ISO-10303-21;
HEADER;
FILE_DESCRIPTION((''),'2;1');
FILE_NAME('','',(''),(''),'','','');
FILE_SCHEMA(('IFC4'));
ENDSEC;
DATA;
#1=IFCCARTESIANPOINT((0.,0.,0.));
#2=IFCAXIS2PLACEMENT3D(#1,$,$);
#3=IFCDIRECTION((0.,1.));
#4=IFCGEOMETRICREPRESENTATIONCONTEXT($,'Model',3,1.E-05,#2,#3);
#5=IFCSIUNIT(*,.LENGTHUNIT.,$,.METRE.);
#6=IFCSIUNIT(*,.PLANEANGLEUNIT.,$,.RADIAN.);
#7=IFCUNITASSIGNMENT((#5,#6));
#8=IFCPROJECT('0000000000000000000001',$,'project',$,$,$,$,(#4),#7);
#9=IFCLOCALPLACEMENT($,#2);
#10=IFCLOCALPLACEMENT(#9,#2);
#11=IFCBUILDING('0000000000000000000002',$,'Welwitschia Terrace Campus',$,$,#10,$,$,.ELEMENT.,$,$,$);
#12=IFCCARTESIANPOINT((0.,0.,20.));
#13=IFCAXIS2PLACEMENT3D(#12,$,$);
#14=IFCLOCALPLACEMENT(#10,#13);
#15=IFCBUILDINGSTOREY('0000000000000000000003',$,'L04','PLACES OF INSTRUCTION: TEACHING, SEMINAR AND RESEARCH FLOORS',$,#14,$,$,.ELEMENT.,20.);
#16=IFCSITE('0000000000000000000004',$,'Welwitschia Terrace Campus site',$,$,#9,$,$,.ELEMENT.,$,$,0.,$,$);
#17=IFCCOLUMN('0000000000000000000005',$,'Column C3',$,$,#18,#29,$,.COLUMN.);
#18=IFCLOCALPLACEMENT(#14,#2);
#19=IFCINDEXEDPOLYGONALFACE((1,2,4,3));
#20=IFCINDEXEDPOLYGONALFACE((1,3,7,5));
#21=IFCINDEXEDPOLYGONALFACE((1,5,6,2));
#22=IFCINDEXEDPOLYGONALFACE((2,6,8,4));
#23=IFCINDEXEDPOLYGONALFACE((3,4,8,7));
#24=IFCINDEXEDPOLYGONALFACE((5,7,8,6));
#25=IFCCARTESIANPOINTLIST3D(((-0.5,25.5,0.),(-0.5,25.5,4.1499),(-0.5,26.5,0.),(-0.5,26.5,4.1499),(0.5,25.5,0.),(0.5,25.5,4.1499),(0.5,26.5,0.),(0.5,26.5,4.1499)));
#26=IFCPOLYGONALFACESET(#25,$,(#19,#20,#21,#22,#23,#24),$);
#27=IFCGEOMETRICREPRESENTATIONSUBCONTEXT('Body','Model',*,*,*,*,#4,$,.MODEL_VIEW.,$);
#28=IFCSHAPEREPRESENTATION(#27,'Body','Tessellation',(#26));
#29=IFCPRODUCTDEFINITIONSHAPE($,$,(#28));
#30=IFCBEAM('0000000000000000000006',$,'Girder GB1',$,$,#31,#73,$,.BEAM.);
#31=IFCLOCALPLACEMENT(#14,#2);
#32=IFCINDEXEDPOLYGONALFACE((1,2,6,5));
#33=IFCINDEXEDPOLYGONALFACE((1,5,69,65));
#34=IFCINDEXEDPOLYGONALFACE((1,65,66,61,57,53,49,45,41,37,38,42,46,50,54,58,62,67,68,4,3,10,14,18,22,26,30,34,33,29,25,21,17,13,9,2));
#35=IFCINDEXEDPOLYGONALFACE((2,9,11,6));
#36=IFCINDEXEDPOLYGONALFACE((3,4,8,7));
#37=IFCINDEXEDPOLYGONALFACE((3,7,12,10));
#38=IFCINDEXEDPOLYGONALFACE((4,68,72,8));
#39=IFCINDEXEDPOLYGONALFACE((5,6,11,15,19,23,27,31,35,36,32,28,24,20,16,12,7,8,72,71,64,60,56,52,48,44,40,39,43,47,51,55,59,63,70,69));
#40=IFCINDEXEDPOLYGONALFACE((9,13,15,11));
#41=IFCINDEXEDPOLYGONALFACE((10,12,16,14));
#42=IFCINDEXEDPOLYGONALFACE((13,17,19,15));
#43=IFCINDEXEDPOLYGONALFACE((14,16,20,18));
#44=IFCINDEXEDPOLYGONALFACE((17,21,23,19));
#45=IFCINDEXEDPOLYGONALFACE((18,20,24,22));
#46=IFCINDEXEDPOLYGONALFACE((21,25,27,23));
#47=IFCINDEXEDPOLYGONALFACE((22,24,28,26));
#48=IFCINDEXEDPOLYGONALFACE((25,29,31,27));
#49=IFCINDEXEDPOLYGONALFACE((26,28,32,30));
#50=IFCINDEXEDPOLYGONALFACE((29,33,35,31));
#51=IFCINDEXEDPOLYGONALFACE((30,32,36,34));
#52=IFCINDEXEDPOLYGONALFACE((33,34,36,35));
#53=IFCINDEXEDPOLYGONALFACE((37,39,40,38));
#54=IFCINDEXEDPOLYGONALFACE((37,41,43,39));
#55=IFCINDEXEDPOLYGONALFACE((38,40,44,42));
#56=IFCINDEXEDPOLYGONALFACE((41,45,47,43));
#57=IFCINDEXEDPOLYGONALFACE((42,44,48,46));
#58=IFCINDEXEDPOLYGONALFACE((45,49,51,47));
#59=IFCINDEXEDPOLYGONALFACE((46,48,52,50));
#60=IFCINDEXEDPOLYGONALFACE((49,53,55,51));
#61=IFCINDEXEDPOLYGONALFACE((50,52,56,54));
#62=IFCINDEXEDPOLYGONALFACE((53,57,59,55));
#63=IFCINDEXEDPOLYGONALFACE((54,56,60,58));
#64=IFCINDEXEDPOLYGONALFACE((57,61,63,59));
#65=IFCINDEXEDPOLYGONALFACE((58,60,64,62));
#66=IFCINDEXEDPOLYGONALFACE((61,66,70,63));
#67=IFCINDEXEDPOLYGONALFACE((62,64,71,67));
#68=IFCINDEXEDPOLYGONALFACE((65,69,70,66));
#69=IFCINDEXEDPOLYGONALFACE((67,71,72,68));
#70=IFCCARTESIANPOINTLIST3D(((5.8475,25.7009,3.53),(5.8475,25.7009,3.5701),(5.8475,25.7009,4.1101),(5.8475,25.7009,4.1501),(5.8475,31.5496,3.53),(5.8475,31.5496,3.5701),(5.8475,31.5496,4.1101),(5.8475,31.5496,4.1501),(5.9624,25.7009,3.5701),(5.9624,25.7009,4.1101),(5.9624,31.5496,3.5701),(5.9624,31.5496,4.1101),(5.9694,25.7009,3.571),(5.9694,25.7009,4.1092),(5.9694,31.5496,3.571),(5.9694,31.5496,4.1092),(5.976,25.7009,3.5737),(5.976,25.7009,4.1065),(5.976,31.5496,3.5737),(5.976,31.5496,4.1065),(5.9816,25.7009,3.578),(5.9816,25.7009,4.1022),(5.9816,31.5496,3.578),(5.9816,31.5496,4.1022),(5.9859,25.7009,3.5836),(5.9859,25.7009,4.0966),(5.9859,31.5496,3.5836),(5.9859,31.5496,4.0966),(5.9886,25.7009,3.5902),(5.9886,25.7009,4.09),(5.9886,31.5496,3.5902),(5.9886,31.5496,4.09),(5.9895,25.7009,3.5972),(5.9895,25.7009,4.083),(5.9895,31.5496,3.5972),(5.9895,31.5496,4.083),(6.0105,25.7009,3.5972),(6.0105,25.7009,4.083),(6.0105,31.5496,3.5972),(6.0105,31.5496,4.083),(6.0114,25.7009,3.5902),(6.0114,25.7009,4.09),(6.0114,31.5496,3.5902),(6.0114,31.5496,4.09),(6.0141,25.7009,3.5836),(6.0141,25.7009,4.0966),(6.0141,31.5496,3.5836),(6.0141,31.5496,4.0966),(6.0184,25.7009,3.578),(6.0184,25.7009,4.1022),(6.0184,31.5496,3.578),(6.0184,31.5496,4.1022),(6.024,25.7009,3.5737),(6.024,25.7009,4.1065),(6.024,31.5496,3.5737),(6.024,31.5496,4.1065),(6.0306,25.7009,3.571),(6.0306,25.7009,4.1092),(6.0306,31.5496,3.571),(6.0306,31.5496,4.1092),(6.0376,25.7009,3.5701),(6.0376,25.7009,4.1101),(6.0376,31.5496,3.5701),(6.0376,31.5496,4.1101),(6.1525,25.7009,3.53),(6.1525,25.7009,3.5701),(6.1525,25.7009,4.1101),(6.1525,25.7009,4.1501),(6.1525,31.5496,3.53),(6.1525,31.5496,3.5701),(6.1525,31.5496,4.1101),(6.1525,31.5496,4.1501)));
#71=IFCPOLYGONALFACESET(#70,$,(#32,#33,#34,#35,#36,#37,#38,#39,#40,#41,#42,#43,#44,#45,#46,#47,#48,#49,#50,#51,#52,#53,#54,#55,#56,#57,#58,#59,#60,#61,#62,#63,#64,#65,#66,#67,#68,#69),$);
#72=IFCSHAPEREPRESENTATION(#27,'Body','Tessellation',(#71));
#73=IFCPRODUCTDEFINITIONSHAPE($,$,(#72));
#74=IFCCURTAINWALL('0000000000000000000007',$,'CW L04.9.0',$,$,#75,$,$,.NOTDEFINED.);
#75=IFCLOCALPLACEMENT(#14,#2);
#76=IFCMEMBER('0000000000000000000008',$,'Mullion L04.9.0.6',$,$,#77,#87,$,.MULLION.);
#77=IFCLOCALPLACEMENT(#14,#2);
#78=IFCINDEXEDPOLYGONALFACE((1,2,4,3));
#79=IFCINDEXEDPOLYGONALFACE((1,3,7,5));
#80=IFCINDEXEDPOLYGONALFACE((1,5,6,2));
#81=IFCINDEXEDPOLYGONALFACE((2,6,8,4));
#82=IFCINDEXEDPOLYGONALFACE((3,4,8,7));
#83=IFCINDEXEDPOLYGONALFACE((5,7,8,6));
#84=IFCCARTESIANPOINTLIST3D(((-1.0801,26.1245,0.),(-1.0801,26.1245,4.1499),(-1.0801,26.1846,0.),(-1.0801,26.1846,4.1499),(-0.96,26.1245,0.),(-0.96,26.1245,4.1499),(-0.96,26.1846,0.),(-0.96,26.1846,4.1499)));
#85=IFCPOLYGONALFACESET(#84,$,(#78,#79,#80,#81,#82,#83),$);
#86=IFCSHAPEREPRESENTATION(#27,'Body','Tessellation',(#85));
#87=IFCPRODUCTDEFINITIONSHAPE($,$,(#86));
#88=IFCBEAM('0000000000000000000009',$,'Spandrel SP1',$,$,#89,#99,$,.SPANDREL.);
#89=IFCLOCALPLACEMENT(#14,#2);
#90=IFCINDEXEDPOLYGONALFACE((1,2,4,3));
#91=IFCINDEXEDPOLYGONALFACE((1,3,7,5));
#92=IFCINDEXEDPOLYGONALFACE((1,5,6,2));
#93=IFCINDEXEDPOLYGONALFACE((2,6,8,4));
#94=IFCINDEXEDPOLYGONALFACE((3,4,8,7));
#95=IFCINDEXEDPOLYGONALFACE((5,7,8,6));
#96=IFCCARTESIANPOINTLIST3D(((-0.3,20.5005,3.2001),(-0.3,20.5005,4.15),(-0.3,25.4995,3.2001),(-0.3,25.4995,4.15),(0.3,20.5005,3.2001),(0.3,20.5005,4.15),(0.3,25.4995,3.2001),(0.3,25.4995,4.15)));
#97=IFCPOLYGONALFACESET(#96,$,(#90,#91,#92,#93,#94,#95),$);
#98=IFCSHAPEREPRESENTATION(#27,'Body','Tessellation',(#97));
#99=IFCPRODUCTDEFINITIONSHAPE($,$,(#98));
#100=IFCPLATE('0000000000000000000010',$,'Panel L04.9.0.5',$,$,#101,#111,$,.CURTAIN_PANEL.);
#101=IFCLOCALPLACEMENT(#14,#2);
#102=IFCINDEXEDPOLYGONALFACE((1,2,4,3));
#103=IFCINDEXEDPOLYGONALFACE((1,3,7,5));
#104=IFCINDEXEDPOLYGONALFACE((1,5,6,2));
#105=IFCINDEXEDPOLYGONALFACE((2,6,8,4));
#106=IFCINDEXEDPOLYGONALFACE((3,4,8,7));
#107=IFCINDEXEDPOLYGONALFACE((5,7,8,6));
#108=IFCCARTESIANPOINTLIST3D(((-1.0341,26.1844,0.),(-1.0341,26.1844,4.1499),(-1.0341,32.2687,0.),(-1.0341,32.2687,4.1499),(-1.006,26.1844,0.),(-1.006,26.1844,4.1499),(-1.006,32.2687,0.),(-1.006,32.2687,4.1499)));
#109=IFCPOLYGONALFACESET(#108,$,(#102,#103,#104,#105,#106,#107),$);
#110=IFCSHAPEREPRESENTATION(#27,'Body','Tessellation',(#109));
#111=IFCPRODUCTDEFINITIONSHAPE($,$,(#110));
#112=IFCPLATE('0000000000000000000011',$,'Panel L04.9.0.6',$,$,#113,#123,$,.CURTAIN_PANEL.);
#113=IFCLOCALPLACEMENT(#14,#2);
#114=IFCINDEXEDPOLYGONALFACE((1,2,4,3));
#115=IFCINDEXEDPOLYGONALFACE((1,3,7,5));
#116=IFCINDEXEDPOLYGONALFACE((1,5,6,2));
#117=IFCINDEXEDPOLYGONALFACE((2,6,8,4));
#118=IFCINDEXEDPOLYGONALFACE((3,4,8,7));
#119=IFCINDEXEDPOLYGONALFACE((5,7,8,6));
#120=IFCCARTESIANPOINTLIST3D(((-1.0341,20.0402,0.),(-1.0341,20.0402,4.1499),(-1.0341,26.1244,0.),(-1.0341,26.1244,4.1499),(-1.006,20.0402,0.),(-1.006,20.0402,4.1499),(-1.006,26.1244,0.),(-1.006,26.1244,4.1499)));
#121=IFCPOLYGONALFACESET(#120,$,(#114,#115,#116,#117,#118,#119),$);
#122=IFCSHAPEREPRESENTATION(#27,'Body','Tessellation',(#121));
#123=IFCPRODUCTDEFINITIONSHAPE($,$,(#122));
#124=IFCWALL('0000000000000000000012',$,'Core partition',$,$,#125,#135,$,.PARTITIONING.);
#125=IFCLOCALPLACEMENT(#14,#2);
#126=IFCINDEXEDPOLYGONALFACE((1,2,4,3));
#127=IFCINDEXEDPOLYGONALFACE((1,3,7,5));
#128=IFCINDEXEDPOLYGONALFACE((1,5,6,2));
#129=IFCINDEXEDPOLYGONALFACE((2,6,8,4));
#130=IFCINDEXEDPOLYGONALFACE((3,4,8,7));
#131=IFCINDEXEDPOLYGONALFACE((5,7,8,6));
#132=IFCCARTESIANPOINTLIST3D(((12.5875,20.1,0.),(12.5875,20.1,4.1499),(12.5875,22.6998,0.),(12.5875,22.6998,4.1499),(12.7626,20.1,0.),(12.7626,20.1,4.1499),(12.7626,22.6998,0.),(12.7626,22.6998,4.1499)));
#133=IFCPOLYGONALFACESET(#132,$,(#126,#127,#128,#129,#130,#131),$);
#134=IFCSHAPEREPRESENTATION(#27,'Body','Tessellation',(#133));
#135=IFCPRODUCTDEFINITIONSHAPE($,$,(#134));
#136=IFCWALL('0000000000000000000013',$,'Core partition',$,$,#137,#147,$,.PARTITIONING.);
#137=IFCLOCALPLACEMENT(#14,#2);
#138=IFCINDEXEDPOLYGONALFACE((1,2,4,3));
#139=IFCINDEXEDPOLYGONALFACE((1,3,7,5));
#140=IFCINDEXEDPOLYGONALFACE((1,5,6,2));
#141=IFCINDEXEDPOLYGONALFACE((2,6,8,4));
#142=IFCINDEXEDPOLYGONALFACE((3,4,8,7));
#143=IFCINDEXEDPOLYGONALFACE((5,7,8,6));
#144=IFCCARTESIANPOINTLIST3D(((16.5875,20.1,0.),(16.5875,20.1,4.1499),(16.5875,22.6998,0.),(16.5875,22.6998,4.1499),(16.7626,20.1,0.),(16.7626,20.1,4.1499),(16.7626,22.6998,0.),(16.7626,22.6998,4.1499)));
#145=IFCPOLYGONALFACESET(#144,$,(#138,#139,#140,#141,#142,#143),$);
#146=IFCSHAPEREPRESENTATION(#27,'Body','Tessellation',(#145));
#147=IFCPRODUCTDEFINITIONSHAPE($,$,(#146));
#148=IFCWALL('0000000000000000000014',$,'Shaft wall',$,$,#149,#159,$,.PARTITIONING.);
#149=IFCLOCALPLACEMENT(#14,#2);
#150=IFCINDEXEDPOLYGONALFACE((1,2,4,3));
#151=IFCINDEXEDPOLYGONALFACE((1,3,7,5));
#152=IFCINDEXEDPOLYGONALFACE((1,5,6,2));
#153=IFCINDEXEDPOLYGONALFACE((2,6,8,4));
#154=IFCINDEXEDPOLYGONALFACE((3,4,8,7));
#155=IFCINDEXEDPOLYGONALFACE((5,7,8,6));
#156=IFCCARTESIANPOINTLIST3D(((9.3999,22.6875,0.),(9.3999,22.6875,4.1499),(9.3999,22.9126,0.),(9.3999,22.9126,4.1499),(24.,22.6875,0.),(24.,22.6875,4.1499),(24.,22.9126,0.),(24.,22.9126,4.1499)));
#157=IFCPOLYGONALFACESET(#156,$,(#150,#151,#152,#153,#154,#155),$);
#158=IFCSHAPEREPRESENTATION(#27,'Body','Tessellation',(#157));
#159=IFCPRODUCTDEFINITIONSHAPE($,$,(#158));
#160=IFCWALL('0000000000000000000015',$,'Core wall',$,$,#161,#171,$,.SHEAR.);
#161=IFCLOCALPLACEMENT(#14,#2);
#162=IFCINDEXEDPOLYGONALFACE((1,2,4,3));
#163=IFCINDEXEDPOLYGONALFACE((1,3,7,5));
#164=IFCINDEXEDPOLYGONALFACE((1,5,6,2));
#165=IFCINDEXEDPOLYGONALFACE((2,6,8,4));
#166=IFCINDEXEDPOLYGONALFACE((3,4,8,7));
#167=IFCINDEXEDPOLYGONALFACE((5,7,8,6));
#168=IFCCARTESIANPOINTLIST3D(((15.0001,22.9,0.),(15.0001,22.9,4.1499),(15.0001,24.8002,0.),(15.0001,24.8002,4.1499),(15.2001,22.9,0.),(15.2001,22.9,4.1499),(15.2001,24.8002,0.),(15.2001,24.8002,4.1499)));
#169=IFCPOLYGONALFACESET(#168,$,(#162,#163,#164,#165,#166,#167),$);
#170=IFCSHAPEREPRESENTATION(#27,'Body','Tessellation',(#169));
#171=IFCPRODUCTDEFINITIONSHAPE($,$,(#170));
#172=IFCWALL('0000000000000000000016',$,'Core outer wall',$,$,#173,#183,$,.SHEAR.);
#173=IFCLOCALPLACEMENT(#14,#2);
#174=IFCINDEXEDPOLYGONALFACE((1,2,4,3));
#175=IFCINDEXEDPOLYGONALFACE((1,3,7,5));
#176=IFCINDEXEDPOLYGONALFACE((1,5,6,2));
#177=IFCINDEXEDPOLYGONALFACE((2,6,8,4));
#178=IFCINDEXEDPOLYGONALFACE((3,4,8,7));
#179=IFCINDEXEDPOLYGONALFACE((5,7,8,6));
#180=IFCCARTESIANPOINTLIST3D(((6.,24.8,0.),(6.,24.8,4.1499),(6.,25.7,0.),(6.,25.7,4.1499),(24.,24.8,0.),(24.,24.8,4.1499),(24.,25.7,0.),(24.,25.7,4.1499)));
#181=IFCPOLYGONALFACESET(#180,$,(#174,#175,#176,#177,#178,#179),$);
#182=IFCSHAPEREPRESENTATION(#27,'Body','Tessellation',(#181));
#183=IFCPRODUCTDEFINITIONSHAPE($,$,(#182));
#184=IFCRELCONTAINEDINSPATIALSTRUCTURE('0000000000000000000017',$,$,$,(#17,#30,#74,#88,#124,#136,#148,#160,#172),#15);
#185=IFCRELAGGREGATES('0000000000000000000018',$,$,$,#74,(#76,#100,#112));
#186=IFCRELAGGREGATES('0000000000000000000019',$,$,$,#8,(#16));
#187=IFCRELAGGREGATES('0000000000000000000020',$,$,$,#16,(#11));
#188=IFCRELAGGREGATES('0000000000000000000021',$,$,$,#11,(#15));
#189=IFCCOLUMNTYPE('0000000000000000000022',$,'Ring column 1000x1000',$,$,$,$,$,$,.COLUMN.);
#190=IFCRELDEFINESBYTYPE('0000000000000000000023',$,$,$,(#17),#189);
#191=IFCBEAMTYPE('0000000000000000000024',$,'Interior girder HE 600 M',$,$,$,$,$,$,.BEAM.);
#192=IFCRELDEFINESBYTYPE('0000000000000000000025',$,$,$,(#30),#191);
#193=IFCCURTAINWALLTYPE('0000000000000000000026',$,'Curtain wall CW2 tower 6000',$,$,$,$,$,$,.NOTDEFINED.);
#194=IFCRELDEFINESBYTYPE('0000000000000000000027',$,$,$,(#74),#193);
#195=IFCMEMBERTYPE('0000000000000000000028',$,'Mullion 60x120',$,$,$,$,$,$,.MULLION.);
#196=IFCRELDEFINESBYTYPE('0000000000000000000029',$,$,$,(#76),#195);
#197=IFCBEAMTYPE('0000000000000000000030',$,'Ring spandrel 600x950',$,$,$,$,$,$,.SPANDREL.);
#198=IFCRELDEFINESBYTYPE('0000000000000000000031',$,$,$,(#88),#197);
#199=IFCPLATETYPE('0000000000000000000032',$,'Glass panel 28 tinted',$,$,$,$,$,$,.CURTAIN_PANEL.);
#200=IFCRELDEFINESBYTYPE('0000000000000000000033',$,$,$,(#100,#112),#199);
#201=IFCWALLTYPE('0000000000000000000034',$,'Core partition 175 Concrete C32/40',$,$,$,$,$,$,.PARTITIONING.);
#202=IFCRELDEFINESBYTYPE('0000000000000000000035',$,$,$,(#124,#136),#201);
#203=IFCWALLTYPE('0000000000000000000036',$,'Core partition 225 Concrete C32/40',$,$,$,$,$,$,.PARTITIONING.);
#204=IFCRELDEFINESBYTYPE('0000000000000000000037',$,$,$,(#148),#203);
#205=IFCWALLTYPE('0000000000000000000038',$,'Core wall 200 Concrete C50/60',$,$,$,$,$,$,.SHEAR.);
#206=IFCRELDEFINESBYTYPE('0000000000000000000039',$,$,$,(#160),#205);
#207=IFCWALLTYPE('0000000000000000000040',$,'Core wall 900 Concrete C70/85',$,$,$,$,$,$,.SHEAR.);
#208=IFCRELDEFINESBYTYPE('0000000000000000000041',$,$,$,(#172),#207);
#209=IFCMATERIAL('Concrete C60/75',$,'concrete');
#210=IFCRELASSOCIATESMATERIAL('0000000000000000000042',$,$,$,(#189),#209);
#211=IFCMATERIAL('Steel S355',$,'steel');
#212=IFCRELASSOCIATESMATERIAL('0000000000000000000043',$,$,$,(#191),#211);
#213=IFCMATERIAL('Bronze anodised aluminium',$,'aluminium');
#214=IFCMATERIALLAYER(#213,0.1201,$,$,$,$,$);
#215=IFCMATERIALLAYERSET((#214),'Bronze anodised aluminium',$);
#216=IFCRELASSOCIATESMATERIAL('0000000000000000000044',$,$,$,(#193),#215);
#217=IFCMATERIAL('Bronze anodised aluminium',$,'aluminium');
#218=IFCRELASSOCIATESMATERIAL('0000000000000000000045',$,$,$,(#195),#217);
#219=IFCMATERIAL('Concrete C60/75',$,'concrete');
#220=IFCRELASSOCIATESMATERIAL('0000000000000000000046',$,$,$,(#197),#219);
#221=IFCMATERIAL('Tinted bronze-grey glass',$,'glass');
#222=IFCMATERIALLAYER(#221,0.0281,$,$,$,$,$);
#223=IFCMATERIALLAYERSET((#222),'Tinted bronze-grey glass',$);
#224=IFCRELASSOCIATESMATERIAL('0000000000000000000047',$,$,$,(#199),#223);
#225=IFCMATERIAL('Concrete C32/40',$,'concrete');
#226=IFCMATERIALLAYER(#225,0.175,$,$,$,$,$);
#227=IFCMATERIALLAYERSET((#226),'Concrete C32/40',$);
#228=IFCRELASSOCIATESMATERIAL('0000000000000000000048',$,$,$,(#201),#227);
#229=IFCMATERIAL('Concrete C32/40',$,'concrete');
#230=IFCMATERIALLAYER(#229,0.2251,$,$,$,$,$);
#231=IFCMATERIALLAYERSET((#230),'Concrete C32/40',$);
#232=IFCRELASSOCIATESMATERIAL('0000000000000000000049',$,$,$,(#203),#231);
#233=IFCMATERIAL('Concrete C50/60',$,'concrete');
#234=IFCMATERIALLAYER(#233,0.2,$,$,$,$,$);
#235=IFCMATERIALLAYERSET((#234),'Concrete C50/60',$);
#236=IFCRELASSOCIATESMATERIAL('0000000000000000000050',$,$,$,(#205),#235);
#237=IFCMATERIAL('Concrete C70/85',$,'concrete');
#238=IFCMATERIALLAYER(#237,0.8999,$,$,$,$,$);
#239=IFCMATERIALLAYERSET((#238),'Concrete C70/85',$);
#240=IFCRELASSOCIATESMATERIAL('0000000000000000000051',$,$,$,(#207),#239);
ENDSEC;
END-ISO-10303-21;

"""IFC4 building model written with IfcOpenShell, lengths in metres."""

from ifc_helpers import new_model, si_unit, direction, frame, frame_2d, origin, origin_2d, place, context, subcontext, project, spatial, rectangle, i_section, extrude, material, layer, layer_set, material_profile, profile_set, type_object, element, aggregate, save


model = new_model("IFC4")

# Units and contexts
model_context = context("Model", 3, precision=1e-05, world=origin(), true_north=direction((0.0, 1.0)))
body_context = subcontext(model_context, "Body", "Model", "MODEL_VIEW")
ifc_project = project(units=[si_unit("LENGTHUNIT", "METRE"), si_unit("PLANEANGLEUNIT", "RADIAN")], contexts=[model_context])

# Site, building, storey
site_placement = place(None, origin())
site = spatial("IfcSite", under=ifc_project, at=site_placement, Name="Welwitschia Terrace Campus site", CompositionType="ELEMENT", RefElevation=0.0)
building_placement = place(site_placement, origin())
building = spatial("IfcBuilding", under=site, at=building_placement, Name="Welwitschia Terrace Campus", CompositionType="ELEMENT")
storey_placement = place(building_placement, frame((0.0, 0.0, 20.0)))
storey = spatial("IfcBuildingStorey", under=building, at=storey_placement, Name="L04", Description="PLACES OF INSTRUCTION: TEACHING, SEMINAR AND RESEARCH FLOORS", CompositionType="ELEMENT", Elevation=20.0)

# Column
ifc_material_1 = material(Name="Concrete C60/75", Category="concrete")
ifc_material_profile_1 = material_profile(ifc_material_1, rectangle(XDim=1.0, YDim=1.0, at=origin_2d()))
ifc_profile_set_1 = profile_set([ifc_material_profile_1], Name="Concrete C60/75")
column_type = type_object("IfcColumnType", Name="Ring column 1000x1000", PredefinedType="COLUMN", material=ifc_profile_set_1)
column_placement = place(storey_placement, frame((0.0, 26.0, 0.0), z_axis=(0.0, 0.0, 1.0), x_axis=(1.0, 0.0, 0.0)))
element("IfcColumn", 1, at=column_placement, inside=storey, type_object=column_type, Name="Column C3", PredefinedType="COLUMN", context=body_context, shape_type="SweptSolid", body=[
    extrude(rectangle(XDim=1.0, YDim=1.0, at=origin_2d()), origin(), (0.0, 0.0, 1.0), 4.1499),
])

# Beam
ifc_material_2 = material(Name="Steel S355", Category="steel")
ifc_material_profile_2 = material_profile(ifc_material_2, i_section(OverallWidth=0.3049, OverallDepth=0.6201, WebThickness=0.021, FlangeThickness=0.04, FilletRadius=0.0271, at=origin_2d()))
ifc_profile_set_2 = profile_set([ifc_material_profile_2], Name="Steel S355")
beam_type_1 = type_object("IfcBeamType", Name="Interior girder HE 600 M", PredefinedType="BEAM", material=ifc_profile_set_2)
beam_1_placement = place(storey_placement, frame((6.0, 25.7009, 3.8401), z_axis=(0.0, 1.0, 0.0), x_axis=(-1.0, 0.0, 0.0)))
element("IfcBeam", 2, at=beam_1_placement, inside=storey, type_object=beam_type_1, Name="Girder GB1", PredefinedType="BEAM", context=body_context, shape_type="SweptSolid", body=[
    extrude(i_section(OverallWidth=0.3049, OverallDepth=0.6201, WebThickness=0.021, FlangeThickness=0.04, FilletRadius=0.0271, at=origin_2d()), origin(), (0.0, 0.0, 1.0), 5.8486),
])

# Curtain wall, member
ifc_material_3 = material(Name="Bronze anodised aluminium", Category="aluminium")
ifc_layer_1 = layer(ifc_material_3, 0.1201)
ifc_layer_set_1 = layer_set([ifc_layer_1], Name="Bronze anodised aluminium")
curtain_wall_type = type_object("IfcCurtainWallType", Name="Curtain wall CW2 tower 6000", PredefinedType="NOTDEFINED", material=ifc_layer_set_1)
curtain_wall_placement = place(storey_placement, origin())
curtain_wall = element("IfcCurtainWall", 3, at=curtain_wall_placement, inside=storey, type_object=curtain_wall_type, Name="CW L04.9.0", PredefinedType="NOTDEFINED")
ifc_material_4 = material(Name="Bronze anodised aluminium", Category="aluminium")
ifc_material_profile_3 = material_profile(ifc_material_4, rectangle(XDim=0.1201, YDim=0.0601, at=origin_2d()))
ifc_profile_set_3 = profile_set([ifc_material_profile_3], Name="Bronze anodised aluminium")
member_type = type_object("IfcMemberType", Name="Mullion 60x120", PredefinedType="MULLION", material=ifc_profile_set_3)
member_placement = place(storey_placement, frame((-1.02, 26.1545, 0.0), z_axis=(0.0, 0.0, 1.0), x_axis=(1.0, 0.0, 0.0)))
member = element("IfcMember", 4, at=member_placement, type_object=member_type, Name="Mullion L04.9.0.6", PredefinedType="MULLION", context=body_context, shape_type="SweptSolid", body=[
    extrude(rectangle(XDim=0.1201, YDim=0.0601, at=origin_2d()), origin(), (0.0, 0.0, 1.0), 4.1499),
])

# Beam
ifc_material_5 = material(Name="Concrete C60/75", Category="concrete")
ifc_material_profile_4 = material_profile(ifc_material_5, rectangle(XDim=0.6001, YDim=0.95, at=origin_2d()))
ifc_profile_set_4 = profile_set([ifc_material_profile_4], Name="Concrete C60/75")
beam_type_2 = type_object("IfcBeamType", Name="Ring spandrel 600x950", PredefinedType="SPANDREL", material=ifc_profile_set_4)
beam_2_placement = place(storey_placement, frame((0.0, 25.4995, 3.675), z_axis=(0.0, -1.0, 0.0), x_axis=(1.0, 0.0, 0.0)))
element("IfcBeam", 5, at=beam_2_placement, inside=storey, type_object=beam_type_2, Name="Spandrel SP1", PredefinedType="SPANDREL", context=body_context, shape_type="SweptSolid", body=[
    extrude(rectangle(XDim=0.6001, YDim=0.95, at=origin_2d()), origin(), (0.0, 0.0, 1.0), 4.999),
])

# Plates
ifc_material_6 = material(Name="Tinted bronze-grey glass", Category="glass")
ifc_layer_2 = layer(ifc_material_6, 0.0281)
ifc_layer_set_2 = layer_set([ifc_layer_2], Name="Tinted bronze-grey glass")
plate_type = type_object("IfcPlateType", Name="Glass panel 28 tinted", PredefinedType="CURTAIN_PANEL", material=ifc_layer_set_2)
plate_1_placement = place(storey_placement, frame((-1.02, 29.2266, 0.0), z_axis=(0.0, 0.0, 1.0), x_axis=(0.0, -1.0, 0.0)))
plate_1 = element("IfcPlate", 6, at=plate_1_placement, type_object=plate_type, Name="Panel L04.9.0.5", PredefinedType="CURTAIN_PANEL", context=body_context, shape_type="SweptSolid", body=[
    extrude(rectangle(XDim=6.0842, YDim=0.0281, at=origin_2d()), origin(), (0.0, 0.0, 1.0), 4.1499),
])
plate_2_placement = place(storey_placement, frame((-1.02, 23.0823, 0.0), z_axis=(0.0, 0.0, 1.0), x_axis=(0.0, -1.0, 0.0)))
plate_2 = element("IfcPlate", 7, at=plate_2_placement, type_object=plate_type, Name="Panel L04.9.0.6", PredefinedType="CURTAIN_PANEL", context=body_context, shape_type="SweptSolid", body=[
    extrude(rectangle(XDim=6.0842, YDim=0.0281, at=origin_2d()), origin(), (0.0, 0.0, 1.0), 4.1499),
])
aggregate(curtain_wall, [member, plate_1, plate_2])

# Walls
ifc_material_7 = material(Name="Concrete C32/40", Category="concrete")
ifc_layer_3 = layer(ifc_material_7, 0.175)
ifc_layer_set_3 = layer_set([ifc_layer_3], Name="Concrete C32/40")
wall_type_1 = type_object("IfcWallType", Name="Core partition 175 Concrete C32/40", PredefinedType="PARTITIONING", material=ifc_layer_set_3)
for number, where, z_axis, x_axis, name in (
    (8, (12.675, 20.1001, 0.0), (0.0, 0.0, 1.0), (0.0, 1.0, 0.0), "Core partition"),
    (9, (16.675, 20.1001, 0.0), (0.0, 0.0, 1.0), (0.0, 1.0, 0.0), "Core partition"),
):
    element("IfcWall", number, at=place(storey_placement, frame(where, z_axis=z_axis, x_axis=x_axis)), inside=storey, type_object=wall_type_1, Name=name, PredefinedType="PARTITIONING", context=body_context, shape_type="SweptSolid", body=[
        extrude(rectangle(XDim=2.5999, YDim=0.175, at=frame_2d((1.2998, 0.0))), origin(), (0.0, 0.0, 1.0), 4.1499),
    ])
ifc_material_8 = material(Name="Concrete C32/40", Category="concrete")
ifc_layer_4 = layer(ifc_material_8, 0.2251)
ifc_layer_set_4 = layer_set([ifc_layer_4], Name="Concrete C32/40")
wall_type_2 = type_object("IfcWallType", Name="Core partition 225 Concrete C32/40", PredefinedType="PARTITIONING", material=ifc_layer_set_4)
wall_1_placement = place(storey_placement, frame((9.3999, 22.8, 0.0), z_axis=(0.0, 0.0, 1.0), x_axis=(1.0, 0.0, 0.0)))
element("IfcWall", 10, at=wall_1_placement, inside=storey, type_object=wall_type_2, Name="Shaft wall", PredefinedType="PARTITIONING", context=body_context, shape_type="SweptSolid", body=[
    extrude(rectangle(XDim=14.6001, YDim=0.2251, at=frame_2d((7.3, 0.0))), origin(), (0.0, 0.0, 1.0), 4.1499),
])
ifc_material_9 = material(Name="Concrete C50/60", Category="concrete")
ifc_layer_5 = layer(ifc_material_9, 0.2)
ifc_layer_set_5 = layer_set([ifc_layer_5], Name="Concrete C50/60")
wall_type_3 = type_object("IfcWallType", Name="Core wall 200 Concrete C50/60", PredefinedType="SHEAR", material=ifc_layer_set_5)
wall_2_placement = place(storey_placement, frame((15.1001, 22.8999, 0.0), z_axis=(0.0, 0.0, 1.0), x_axis=(0.0, 1.0, 0.0)))
element("IfcWall", 11, at=wall_2_placement, inside=storey, type_object=wall_type_3, Name="Core wall", PredefinedType="SHEAR", context=body_context, shape_type="SweptSolid", body=[
    extrude(rectangle(XDim=1.9001, YDim=0.2, at=frame_2d((0.9502, 0.0))), origin(), (0.0, 0.0, 1.0), 4.1499),
])
ifc_material_10 = material(Name="Concrete C70/85", Category="concrete")
ifc_layer_6 = layer(ifc_material_10, 0.8999)
ifc_layer_set_6 = layer_set([ifc_layer_6], Name="Concrete C70/85")
wall_type_4 = type_object("IfcWallType", Name="Core wall 900 Concrete C70/85", PredefinedType="SHEAR", material=ifc_layer_set_6)
wall_3_placement = place(storey_placement, frame((6.0, 25.25, 0.0), z_axis=(0.0, 0.0, 1.0), x_axis=(1.0, 0.0, 0.0)))
element("IfcWall", 12, at=wall_3_placement, inside=storey, type_object=wall_type_4, Name="Core outer wall", PredefinedType="SHEAR", context=body_context, shape_type="SweptSolid", body=[
    extrude(rectangle(XDim=18.0, YDim=0.8999, at=frame_2d((9.0, 0.0))), origin(), (0.0, 0.0, 1.0), 4.1499),
])

save(model, "model.ifc")
